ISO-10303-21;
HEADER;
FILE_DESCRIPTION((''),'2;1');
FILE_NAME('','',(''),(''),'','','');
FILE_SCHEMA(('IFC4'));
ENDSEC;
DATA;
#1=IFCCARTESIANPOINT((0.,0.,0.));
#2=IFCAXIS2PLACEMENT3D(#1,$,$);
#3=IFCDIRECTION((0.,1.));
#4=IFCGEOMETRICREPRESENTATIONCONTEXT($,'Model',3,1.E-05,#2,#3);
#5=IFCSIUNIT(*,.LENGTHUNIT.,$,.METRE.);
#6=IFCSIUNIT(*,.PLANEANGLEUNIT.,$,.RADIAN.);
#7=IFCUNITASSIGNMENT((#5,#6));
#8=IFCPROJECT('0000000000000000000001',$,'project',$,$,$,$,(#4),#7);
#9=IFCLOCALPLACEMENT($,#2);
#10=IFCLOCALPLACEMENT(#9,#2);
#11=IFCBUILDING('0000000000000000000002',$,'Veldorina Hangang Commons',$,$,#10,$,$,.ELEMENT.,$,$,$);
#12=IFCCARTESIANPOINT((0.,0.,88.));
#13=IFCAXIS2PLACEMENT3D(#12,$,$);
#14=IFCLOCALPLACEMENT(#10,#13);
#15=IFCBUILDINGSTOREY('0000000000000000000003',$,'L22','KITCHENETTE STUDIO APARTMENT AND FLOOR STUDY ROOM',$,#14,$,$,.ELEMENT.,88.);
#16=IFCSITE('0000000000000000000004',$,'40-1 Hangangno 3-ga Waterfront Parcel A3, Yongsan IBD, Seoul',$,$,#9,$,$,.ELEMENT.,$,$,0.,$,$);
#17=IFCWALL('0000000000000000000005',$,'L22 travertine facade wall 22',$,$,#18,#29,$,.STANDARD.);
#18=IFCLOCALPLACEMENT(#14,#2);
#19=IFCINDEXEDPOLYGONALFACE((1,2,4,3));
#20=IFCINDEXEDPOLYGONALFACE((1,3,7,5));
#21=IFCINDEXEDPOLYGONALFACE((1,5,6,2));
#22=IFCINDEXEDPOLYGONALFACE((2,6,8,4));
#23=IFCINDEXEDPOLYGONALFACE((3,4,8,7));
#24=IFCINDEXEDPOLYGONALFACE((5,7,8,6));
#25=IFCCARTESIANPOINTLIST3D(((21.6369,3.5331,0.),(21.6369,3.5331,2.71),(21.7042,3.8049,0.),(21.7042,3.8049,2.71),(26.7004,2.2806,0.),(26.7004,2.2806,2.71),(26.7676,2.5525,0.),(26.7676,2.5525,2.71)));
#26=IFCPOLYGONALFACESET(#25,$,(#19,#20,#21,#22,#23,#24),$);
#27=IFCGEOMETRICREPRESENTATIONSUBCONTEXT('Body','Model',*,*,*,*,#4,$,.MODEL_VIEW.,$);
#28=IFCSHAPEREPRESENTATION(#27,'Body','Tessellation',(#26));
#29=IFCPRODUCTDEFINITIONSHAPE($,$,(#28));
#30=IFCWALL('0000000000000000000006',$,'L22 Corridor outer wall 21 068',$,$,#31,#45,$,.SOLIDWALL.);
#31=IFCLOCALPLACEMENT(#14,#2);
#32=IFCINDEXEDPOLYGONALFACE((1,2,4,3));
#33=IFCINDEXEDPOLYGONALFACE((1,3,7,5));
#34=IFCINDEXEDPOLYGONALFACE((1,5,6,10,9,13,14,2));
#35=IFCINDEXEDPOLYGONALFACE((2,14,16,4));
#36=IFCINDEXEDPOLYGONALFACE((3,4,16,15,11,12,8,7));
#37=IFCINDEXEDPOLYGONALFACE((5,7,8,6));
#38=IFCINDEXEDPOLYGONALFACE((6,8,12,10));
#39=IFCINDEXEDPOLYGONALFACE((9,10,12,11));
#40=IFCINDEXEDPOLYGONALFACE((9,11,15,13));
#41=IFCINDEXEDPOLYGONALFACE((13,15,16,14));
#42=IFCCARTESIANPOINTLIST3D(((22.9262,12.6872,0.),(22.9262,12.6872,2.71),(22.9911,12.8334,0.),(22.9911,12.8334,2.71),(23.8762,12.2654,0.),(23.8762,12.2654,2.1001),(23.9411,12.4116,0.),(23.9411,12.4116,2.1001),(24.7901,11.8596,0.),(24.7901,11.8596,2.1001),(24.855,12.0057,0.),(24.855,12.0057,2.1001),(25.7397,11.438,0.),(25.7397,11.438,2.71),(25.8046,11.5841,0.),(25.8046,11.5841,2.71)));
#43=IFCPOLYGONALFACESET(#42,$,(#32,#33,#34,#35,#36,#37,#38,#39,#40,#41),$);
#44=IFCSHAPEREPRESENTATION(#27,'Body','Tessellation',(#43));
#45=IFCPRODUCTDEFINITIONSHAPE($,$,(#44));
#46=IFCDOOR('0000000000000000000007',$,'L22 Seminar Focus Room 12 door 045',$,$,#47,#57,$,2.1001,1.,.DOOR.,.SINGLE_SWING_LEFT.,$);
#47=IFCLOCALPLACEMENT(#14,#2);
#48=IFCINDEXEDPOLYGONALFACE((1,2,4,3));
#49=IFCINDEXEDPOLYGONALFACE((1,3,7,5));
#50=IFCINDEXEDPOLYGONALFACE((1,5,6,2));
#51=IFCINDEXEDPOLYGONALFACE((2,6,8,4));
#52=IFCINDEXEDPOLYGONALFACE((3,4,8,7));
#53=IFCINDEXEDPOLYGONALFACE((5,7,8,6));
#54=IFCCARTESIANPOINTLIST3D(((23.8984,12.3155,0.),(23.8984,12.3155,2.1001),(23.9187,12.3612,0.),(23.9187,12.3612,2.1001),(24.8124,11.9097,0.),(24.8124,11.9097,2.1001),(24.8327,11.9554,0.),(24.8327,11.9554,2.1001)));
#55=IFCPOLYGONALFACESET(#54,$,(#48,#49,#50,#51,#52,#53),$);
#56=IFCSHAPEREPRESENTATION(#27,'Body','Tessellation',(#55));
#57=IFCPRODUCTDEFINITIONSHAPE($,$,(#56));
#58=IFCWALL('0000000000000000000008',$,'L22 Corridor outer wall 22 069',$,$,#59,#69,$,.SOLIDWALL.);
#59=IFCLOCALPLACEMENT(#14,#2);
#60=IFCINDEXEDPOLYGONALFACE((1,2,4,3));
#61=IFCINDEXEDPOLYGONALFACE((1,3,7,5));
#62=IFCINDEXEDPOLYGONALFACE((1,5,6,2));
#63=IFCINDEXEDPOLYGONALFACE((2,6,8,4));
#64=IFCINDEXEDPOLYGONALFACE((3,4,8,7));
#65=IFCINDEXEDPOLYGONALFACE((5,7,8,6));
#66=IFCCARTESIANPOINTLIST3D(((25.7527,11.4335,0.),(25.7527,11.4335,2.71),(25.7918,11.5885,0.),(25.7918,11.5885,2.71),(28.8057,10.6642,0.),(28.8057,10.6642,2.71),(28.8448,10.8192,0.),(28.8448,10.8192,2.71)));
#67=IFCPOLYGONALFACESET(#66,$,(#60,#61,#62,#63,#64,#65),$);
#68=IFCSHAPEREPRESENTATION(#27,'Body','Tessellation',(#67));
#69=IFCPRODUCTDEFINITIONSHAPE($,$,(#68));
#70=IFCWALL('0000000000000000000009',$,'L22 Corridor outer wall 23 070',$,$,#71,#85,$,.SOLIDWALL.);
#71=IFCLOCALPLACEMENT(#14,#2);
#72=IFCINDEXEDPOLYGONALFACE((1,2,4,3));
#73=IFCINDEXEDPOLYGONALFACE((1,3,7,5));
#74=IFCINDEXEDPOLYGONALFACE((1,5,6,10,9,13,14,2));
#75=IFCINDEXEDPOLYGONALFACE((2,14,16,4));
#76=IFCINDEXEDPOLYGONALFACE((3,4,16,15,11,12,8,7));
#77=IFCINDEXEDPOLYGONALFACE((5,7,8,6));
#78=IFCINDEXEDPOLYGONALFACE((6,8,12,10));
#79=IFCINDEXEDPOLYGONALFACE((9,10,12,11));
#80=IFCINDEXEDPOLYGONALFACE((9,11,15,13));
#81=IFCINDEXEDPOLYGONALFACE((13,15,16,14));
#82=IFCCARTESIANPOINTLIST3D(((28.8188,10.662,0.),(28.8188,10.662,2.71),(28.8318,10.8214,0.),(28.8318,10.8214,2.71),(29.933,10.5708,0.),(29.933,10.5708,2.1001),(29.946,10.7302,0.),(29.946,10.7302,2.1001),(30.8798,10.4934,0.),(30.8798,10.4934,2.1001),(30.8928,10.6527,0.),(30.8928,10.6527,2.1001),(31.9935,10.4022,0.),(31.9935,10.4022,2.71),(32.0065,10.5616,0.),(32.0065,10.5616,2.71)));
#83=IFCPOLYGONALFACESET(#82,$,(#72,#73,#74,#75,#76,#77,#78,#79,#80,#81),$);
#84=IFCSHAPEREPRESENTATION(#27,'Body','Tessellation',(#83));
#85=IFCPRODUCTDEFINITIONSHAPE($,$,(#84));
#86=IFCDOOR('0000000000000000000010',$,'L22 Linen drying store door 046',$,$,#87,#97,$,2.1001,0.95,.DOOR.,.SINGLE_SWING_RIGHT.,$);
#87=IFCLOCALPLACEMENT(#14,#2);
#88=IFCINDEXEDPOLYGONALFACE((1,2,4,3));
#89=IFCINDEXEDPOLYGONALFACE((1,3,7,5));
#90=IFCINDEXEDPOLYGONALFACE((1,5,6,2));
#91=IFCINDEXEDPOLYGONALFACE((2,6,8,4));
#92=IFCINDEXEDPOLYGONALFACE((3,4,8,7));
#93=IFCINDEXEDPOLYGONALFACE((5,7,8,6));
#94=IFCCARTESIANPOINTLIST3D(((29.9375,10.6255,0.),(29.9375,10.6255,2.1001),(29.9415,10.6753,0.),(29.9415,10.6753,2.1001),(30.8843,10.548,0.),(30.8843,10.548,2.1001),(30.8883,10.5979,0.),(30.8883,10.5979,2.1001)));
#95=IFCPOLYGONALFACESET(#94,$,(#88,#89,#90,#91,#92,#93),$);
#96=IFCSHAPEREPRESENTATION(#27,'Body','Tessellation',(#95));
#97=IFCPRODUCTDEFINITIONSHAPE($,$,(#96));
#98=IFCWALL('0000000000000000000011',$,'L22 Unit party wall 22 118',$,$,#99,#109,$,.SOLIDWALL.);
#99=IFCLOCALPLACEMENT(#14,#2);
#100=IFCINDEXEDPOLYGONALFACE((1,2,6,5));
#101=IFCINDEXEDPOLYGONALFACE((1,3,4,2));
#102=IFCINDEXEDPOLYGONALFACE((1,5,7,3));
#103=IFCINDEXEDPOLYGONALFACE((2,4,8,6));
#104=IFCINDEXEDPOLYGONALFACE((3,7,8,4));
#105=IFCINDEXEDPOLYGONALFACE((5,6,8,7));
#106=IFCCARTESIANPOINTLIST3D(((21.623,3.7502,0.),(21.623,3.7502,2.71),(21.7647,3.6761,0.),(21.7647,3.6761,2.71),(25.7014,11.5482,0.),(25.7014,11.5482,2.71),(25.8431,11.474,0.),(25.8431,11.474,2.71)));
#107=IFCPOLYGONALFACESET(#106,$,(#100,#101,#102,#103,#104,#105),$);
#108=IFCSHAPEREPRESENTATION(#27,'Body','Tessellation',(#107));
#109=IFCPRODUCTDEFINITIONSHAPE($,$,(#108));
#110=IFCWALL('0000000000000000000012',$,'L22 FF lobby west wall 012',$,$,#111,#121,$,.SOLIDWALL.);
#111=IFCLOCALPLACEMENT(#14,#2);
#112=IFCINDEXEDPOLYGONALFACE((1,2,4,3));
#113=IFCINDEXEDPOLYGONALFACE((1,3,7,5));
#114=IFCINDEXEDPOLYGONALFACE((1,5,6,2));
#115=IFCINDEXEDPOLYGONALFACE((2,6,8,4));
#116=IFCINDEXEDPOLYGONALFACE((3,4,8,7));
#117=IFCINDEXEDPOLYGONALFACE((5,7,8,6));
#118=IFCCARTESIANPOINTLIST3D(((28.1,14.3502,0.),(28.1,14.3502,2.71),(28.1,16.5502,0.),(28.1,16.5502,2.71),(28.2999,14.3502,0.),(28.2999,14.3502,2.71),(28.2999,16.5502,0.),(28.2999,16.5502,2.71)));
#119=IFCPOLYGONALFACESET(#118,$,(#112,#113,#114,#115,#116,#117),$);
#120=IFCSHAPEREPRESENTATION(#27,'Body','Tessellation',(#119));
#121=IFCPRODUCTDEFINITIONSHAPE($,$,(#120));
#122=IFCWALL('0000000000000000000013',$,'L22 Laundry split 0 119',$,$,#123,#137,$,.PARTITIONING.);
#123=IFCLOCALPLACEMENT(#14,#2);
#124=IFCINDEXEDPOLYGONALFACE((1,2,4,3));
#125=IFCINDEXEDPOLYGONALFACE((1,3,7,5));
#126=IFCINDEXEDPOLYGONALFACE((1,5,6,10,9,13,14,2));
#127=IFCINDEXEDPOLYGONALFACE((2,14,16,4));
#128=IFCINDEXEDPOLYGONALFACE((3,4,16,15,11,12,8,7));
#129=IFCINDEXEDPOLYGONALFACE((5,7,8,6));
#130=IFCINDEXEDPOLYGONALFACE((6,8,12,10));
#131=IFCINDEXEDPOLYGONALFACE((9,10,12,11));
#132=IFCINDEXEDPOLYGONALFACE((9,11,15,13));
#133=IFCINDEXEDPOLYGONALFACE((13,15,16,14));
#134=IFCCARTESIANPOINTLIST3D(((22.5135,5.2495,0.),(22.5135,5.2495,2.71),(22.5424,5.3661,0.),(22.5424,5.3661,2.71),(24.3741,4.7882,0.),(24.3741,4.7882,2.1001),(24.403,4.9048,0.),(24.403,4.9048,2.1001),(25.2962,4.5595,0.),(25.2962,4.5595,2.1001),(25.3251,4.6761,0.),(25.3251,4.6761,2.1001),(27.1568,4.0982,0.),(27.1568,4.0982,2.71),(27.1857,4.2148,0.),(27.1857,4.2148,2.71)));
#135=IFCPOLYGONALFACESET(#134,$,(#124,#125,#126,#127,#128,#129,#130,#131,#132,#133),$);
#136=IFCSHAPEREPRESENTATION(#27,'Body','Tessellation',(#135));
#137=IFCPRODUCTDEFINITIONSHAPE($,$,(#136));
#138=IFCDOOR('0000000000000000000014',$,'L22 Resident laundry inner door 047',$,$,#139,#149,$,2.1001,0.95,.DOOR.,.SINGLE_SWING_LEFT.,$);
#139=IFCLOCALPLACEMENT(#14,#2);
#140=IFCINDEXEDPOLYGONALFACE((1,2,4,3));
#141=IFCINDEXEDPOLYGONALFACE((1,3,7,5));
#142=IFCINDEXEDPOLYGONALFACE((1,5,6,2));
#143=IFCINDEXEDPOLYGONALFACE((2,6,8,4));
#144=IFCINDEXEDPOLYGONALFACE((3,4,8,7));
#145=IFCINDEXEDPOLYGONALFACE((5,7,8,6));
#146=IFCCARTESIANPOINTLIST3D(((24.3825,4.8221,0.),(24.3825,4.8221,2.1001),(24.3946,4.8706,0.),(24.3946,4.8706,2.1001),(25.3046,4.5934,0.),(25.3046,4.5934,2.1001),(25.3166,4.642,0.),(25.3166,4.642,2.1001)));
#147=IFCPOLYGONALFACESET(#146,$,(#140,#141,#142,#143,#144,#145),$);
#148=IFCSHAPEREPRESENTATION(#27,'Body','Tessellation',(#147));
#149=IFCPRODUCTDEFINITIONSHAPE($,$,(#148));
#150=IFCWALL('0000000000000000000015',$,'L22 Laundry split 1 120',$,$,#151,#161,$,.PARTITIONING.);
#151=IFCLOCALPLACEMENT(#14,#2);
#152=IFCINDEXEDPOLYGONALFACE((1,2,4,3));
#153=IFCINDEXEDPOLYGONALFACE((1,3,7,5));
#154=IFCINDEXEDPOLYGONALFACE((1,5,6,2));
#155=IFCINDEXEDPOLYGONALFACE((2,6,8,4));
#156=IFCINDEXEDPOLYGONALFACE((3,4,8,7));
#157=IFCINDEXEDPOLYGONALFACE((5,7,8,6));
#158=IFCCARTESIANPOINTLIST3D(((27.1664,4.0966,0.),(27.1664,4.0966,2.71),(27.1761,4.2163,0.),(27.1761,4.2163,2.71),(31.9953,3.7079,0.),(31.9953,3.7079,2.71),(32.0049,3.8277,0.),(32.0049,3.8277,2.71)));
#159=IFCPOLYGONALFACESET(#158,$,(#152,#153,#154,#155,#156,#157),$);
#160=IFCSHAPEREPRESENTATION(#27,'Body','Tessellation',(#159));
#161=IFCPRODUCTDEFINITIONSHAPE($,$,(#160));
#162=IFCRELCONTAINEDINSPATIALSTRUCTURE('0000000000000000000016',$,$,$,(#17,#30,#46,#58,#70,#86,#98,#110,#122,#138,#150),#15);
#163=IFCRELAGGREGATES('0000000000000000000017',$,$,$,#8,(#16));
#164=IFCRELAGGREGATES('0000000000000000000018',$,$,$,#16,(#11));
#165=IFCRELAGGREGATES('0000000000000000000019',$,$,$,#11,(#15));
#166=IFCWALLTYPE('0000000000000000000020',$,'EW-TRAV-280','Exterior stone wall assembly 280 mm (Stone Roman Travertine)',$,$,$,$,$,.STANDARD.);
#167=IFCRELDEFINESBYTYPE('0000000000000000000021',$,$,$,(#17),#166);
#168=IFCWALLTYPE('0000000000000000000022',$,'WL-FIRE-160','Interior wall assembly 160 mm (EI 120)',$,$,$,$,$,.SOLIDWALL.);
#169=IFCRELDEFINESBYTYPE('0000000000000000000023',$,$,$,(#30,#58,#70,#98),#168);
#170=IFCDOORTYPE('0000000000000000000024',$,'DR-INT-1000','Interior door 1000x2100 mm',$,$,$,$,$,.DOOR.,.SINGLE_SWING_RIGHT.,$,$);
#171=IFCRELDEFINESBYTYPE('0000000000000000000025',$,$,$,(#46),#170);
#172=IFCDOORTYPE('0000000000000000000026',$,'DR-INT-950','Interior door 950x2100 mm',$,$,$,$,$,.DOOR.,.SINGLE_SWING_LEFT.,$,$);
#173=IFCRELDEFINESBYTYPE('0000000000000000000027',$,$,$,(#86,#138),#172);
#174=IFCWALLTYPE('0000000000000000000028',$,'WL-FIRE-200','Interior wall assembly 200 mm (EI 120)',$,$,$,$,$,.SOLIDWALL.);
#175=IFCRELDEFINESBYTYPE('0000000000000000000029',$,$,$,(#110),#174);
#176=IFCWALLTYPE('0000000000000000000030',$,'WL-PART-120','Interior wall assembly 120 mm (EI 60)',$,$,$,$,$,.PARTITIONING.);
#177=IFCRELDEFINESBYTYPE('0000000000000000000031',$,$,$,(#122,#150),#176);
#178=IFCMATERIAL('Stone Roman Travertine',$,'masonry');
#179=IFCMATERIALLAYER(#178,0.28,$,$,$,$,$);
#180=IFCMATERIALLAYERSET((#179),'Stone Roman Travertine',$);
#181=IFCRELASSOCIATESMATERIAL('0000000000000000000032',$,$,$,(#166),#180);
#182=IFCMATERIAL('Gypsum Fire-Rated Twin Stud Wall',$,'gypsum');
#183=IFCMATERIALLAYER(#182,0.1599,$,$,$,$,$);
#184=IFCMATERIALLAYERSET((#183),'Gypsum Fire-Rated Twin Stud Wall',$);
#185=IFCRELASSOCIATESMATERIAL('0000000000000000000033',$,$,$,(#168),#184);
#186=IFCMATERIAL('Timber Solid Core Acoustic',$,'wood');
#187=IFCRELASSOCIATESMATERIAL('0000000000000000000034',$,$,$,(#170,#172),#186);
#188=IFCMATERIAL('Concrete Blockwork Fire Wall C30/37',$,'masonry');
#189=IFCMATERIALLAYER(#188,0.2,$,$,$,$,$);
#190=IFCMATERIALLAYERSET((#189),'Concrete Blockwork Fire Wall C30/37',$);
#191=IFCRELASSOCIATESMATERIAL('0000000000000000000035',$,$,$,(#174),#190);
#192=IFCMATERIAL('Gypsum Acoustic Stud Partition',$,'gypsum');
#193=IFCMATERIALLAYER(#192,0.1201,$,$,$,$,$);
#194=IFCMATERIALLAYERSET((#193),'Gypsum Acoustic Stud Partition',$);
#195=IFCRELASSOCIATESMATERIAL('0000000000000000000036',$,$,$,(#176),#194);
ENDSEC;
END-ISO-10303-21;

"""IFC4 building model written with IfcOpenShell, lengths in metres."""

from ifc_helpers import new_model, si_unit, direction, frame, frame_2d, origin, place, context, subcontext, project, spatial, rectangle, extrude, material, layer, layer_set, type_object, element, fill, save


model = new_model("IFC4")

# Units and contexts
model_context = context("Model", 3, precision=1e-05, world=origin(), true_north=direction((0.0, 1.0)))
body_context = subcontext(model_context, "Body", "Model", "MODEL_VIEW")
ifc_project = project(units=[si_unit("LENGTHUNIT", "METRE"), si_unit("PLANEANGLEUNIT", "RADIAN")], contexts=[model_context])

# Site, building, storey
site_placement = place(None, origin())
site = spatial("IfcSite", under=ifc_project, at=site_placement, Name="40-1 Hangangno 3-ga Waterfront Parcel A3, Yongsan IBD, Seoul", CompositionType="ELEMENT", RefElevation=0.0)
building_placement = place(site_placement, origin())
building = spatial("IfcBuilding", under=site, at=building_placement, Name="Veldorina Hangang Commons", CompositionType="ELEMENT")
storey_placement = place(building_placement, frame((0.0, 0.0, 88.0)))
storey = spatial("IfcBuildingStorey", under=building, at=storey_placement, Name="L22", Description="KITCHENETTE STUDIO APARTMENT AND FLOOR STUDY ROOM", CompositionType="ELEMENT", Elevation=88.0)

# Shared definitions
ifc_material_1 = material(Name="Stone Roman Travertine", Category="masonry")

# Wall
ifc_layer_1 = layer(ifc_material_1, 0.28)
ifc_layer_set_1 = layer_set([ifc_layer_1], Name="Stone Roman Travertine")
wall_type_1 = type_object("IfcWallType", Name="EW-TRAV-280", Description="Exterior stone wall assembly 280 mm (Stone Roman Travertine)", PredefinedType="STANDARD", material=ifc_layer_set_1)
wall_1_placement = place(storey_placement, frame((21.6707, 3.6689, 0.0), z_axis=(0.0, 0.0, 1.0), x_axis=(0.970745, -0.240112, 0.0)))
element("IfcWall", 1, at=wall_1_placement, inside=storey, type_object=wall_type_1, Name="L22 travertine facade wall 22", PredefinedType="STANDARD", context=body_context, shape_type="SweptSolid", body=[
    extrude(rectangle(XDim=5.2161, YDim=0.28, at=frame_2d((2.6079, 0.0))), origin(), (0.0, 0.0, 1.0), 2.71),
])

# Wall, opening, door
ifc_material_2 = material(Name="Gypsum Fire-Rated Twin Stud Wall", Category="gypsum")
ifc_layer_2 = layer(ifc_material_2, 0.1599)
ifc_layer_set_2 = layer_set([ifc_layer_2], Name="Gypsum Fire-Rated Twin Stud Wall")
wall_type_2 = type_object("IfcWallType", Name="WL-FIRE-160", Description="Interior wall assembly 160 mm (EI 120)", PredefinedType="SOLIDWALL", material=ifc_layer_set_2)
wall_2_placement = place(storey_placement, frame((22.9587, 12.7603, 0.0), z_axis=(0.0, 0.0, 1.0), x_axis=(0.913952, -0.405822, 0.0)))
wall_2 = element("IfcWall", 2, at=wall_2_placement, inside=storey, type_object=wall_type_2, Name="L22 Corridor outer wall 21 068", PredefinedType="SOLIDWALL", context=body_context, shape_type="SweptSolid", body=[
    extrude(rectangle(XDim=3.0784, YDim=0.1599, at=frame_2d((1.5391, 0.0))), origin(), (0.0, 0.0, 1.0), 2.71),
])
opening_1_placement = place(wall_2_placement, frame((1.0393, 0.0, 0.0)))
opening_1 = element("IfcOpeningElement", 3, at=opening_1_placement, cuts=wall_2, PredefinedType="OPENING", context=body_context, shape_type="SweptSolid", body=[
    extrude(rectangle(XDim=1.0, YDim=2.1001, at=frame_2d((0.5, 1.05))), frame((0.0, 0.0898, 0.0), z_axis=(0.0, -1.0, 0.0), x_axis=(1.0, 0.0, 0.0)), (0.0, 0.0, 1.0), 0.1799),
])
ifc_material_3 = material(Name="Timber Solid Core Acoustic", Category="wood")
door_type_1 = type_object("IfcDoorType", Name="DR-INT-1000", Description="Interior door 1000x2100 mm", OperationType="SINGLE_SWING_RIGHT", PredefinedType="DOOR", material=ifc_material_3)
door_1_placement = place(opening_1_placement, origin())
door_1 = element("IfcDoor", 4, at=door_1_placement, inside=storey, type_object=door_type_1, Name="L22 Seminar Focus Room 12 door 045", OperationType="SINGLE_SWING_LEFT", OverallHeight=2.1001, OverallWidth=1.0, PredefinedType="DOOR", context=body_context, shape_type="SweptSolid", body=[
    extrude(rectangle(XDim=1.0, YDim=2.1001, at=frame_2d((0.5, 1.05))), frame((0.0, 0.0249, 0.0), z_axis=(0.0, -1.0, 0.0), x_axis=(1.0, 0.0, 0.0)), (0.0, 0.0, 1.0), 0.05),
])
fill(opening_1, door_1)

# Wall
wall_3_placement = place(storey_placement, frame((25.7722, 11.511, 0.0), z_axis=(0.0, 0.0, 1.0), x_axis=(0.969689, -0.244342, 0.0)))
element("IfcWall", 5, at=wall_3_placement, inside=storey, type_object=wall_type_2, Name="L22 Corridor outer wall 22 069", PredefinedType="SOLIDWALL", context=body_context, shape_type="SweptSolid", body=[
    extrude(rectangle(XDim=3.1484, YDim=0.1599, at=frame_2d((1.5742, 0.0))), origin(), (0.0, 0.0, 1.0), 2.71),
])

# Wall, opening, door
wall_4_placement = place(storey_placement, frame((28.8252, 10.7417, 0.0), z_axis=(0.0, 0.0, 1.0), x_axis=(0.996669, -0.081548, 0.0)))
wall_4 = element("IfcWall", 6, at=wall_4_placement, inside=storey, type_object=wall_type_2, Name="L22 Corridor outer wall 23 070", PredefinedType="SOLIDWALL", context=body_context, shape_type="SweptSolid", body=[
    extrude(rectangle(XDim=3.1853, YDim=0.1599, at=frame_2d((1.5928, 0.0))), origin(), (0.0, 0.0, 1.0), 2.71),
])
opening_2_placement = place(wall_4_placement, frame((1.1179, 0.0, 0.0)))
opening_2 = element("IfcOpeningElement", 7, at=opening_2_placement, cuts=wall_4, PredefinedType="OPENING", context=body_context, shape_type="SweptSolid", body=[
    extrude(rectangle(XDim=0.95, YDim=2.1001, at=frame_2d((0.4751, 1.05))), frame((0.0, 0.0898, 0.0), z_axis=(0.0, -1.0, 0.0), x_axis=(1.0, 0.0, 0.0)), (0.0, 0.0, 1.0), 0.1799),
])
door_type_2 = type_object("IfcDoorType", Name="DR-INT-950", Description="Interior door 950x2100 mm", OperationType="SINGLE_SWING_LEFT", PredefinedType="DOOR", material=ifc_material_3)
door_2_placement = place(opening_2_placement, origin())
door_2 = element("IfcDoor", 8, at=door_2_placement, inside=storey, type_object=door_type_2, Name="L22 Linen drying store door 046", OperationType="SINGLE_SWING_RIGHT", OverallHeight=2.1001, OverallWidth=0.95, PredefinedType="DOOR", context=body_context, shape_type="SweptSolid", body=[
    extrude(rectangle(XDim=0.95, YDim=2.1001, at=frame_2d((0.4751, 1.05))), frame((0.0, 0.0249, 0.0), z_axis=(0.0, -1.0, 0.0), x_axis=(1.0, 0.0, 0.0)), (0.0, 0.0, 1.0), 0.05),
])
fill(opening_2, door_2)

# Walls
wall_5_placement = place(storey_placement, frame((25.7722, 11.511, 0.0), z_axis=(0.0, 0.0, 1.0), x_axis=(-0.463452, -0.886122, 0.0)))
element("IfcWall", 9, at=wall_5_placement, inside=storey, type_object=wall_type_2, Name="L22 Unit party wall 22 118", PredefinedType="SOLIDWALL", context=body_context, shape_type="SweptSolid", body=[
    extrude(rectangle(XDim=8.8, YDim=0.1599, at=frame_2d((4.3999, 0.0))), origin(), (0.0, 0.0, 1.0), 2.71),
])
ifc_material_4 = material(Name="Concrete Blockwork Fire Wall C30/37", Category="masonry")
ifc_layer_3 = layer(ifc_material_4, 0.2)
ifc_layer_set_3 = layer_set([ifc_layer_3], Name="Concrete Blockwork Fire Wall C30/37")
wall_type_3 = type_object("IfcWallType", Name="WL-FIRE-200", Description="Interior wall assembly 200 mm (EI 120)", PredefinedType="SOLIDWALL", material=ifc_layer_set_3)
wall_6_placement = place(storey_placement, frame((28.2, 14.3501, 0.0), z_axis=(0.0, 0.0, 1.0), x_axis=(0.0, 1.0, 0.0)))
element("IfcWall", 10, at=wall_6_placement, inside=storey, type_object=wall_type_3, Name="L22 FF lobby west wall 012", PredefinedType="SOLIDWALL", context=body_context, shape_type="SweptSolid", body=[
    extrude(rectangle(XDim=2.2, YDim=0.2, at=frame_2d((1.1001, 0.0))), origin(), (0.0, 0.0, 1.0), 2.71),
])

# Wall, opening, door
ifc_material_5 = material(Name="Gypsum Acoustic Stud Partition", Category="gypsum")
ifc_layer_4 = layer(ifc_material_5, 0.1201)
ifc_layer_set_4 = layer_set([ifc_layer_4], Name="Gypsum Acoustic Stud Partition")
wall_type_4 = type_object("IfcWallType", Name="WL-PART-120", Description="Interior wall assembly 120 mm (EI 60)", PredefinedType="PARTITIONING", material=ifc_layer_set_4)
wall_7_placement = place(storey_placement, frame((22.5278, 5.3079, 0.0), z_axis=(0.0, 0.0, 1.0), x_axis=(0.970606, -0.240674, 0.0)))
wall_7 = element("IfcWall", 11, at=wall_7_placement, inside=storey, type_object=wall_type_4, Name="L22 Laundry split 0 119", PredefinedType="PARTITIONING", context=body_context, shape_type="SweptSolid", body=[
    extrude(rectangle(XDim=4.7839, YDim=0.1201, at=frame_2d((2.3921, 0.0))), origin(), (0.0, 0.0, 1.0), 2.71),
])
opening_3_placement = place(wall_7_placement, frame((1.917, 0.0, 0.0)))
opening_3 = element("IfcOpeningElement", 12, at=opening_3_placement, cuts=wall_7, PredefinedType="OPENING", context=body_context, shape_type="SweptSolid", body=[
    extrude(rectangle(XDim=0.95, YDim=2.1001, at=frame_2d((0.4751, 1.05))), frame((0.0, 0.0701, 0.0), z_axis=(0.0, -1.0, 0.0), x_axis=(1.0, 0.0, 0.0)), (0.0, 0.0, 1.0), 0.1401),
])
door_3_placement = place(opening_3_placement, origin())
door_3 = element("IfcDoor", 13, at=door_3_placement, inside=storey, type_object=door_type_2, Name="L22 Resident laundry inner door 047", OperationType="SINGLE_SWING_LEFT", OverallHeight=2.1001, OverallWidth=0.95, PredefinedType="DOOR", context=body_context, shape_type="SweptSolid", body=[
    extrude(rectangle(XDim=0.95, YDim=2.1001, at=frame_2d((0.4751, 1.05))), frame((0.0, 0.0249, 0.0), z_axis=(0.0, -1.0, 0.0), x_axis=(1.0, 0.0, 0.0)), (0.0, 0.0, 1.0), 0.05),
])
fill(opening_3, door_3)

# Wall
wall_8_placement = place(storey_placement, frame((27.1711, 4.1565, 0.0), z_axis=(0.0, 0.0, 1.0), x_axis=(0.996776, -0.08023, 0.0)))
element("IfcWall", 14, at=wall_8_placement, inside=storey, type_object=wall_type_4, Name="L22 Laundry split 1 120", PredefinedType="PARTITIONING", context=body_context, shape_type="SweptSolid", body=[
    extrude(rectangle(XDim=4.8445, YDim=0.1201, at=frame_2d((2.4224, 0.0))), origin(), (0.0, 0.0, 1.0), 2.71),
])

save(model, "model.ifc")
